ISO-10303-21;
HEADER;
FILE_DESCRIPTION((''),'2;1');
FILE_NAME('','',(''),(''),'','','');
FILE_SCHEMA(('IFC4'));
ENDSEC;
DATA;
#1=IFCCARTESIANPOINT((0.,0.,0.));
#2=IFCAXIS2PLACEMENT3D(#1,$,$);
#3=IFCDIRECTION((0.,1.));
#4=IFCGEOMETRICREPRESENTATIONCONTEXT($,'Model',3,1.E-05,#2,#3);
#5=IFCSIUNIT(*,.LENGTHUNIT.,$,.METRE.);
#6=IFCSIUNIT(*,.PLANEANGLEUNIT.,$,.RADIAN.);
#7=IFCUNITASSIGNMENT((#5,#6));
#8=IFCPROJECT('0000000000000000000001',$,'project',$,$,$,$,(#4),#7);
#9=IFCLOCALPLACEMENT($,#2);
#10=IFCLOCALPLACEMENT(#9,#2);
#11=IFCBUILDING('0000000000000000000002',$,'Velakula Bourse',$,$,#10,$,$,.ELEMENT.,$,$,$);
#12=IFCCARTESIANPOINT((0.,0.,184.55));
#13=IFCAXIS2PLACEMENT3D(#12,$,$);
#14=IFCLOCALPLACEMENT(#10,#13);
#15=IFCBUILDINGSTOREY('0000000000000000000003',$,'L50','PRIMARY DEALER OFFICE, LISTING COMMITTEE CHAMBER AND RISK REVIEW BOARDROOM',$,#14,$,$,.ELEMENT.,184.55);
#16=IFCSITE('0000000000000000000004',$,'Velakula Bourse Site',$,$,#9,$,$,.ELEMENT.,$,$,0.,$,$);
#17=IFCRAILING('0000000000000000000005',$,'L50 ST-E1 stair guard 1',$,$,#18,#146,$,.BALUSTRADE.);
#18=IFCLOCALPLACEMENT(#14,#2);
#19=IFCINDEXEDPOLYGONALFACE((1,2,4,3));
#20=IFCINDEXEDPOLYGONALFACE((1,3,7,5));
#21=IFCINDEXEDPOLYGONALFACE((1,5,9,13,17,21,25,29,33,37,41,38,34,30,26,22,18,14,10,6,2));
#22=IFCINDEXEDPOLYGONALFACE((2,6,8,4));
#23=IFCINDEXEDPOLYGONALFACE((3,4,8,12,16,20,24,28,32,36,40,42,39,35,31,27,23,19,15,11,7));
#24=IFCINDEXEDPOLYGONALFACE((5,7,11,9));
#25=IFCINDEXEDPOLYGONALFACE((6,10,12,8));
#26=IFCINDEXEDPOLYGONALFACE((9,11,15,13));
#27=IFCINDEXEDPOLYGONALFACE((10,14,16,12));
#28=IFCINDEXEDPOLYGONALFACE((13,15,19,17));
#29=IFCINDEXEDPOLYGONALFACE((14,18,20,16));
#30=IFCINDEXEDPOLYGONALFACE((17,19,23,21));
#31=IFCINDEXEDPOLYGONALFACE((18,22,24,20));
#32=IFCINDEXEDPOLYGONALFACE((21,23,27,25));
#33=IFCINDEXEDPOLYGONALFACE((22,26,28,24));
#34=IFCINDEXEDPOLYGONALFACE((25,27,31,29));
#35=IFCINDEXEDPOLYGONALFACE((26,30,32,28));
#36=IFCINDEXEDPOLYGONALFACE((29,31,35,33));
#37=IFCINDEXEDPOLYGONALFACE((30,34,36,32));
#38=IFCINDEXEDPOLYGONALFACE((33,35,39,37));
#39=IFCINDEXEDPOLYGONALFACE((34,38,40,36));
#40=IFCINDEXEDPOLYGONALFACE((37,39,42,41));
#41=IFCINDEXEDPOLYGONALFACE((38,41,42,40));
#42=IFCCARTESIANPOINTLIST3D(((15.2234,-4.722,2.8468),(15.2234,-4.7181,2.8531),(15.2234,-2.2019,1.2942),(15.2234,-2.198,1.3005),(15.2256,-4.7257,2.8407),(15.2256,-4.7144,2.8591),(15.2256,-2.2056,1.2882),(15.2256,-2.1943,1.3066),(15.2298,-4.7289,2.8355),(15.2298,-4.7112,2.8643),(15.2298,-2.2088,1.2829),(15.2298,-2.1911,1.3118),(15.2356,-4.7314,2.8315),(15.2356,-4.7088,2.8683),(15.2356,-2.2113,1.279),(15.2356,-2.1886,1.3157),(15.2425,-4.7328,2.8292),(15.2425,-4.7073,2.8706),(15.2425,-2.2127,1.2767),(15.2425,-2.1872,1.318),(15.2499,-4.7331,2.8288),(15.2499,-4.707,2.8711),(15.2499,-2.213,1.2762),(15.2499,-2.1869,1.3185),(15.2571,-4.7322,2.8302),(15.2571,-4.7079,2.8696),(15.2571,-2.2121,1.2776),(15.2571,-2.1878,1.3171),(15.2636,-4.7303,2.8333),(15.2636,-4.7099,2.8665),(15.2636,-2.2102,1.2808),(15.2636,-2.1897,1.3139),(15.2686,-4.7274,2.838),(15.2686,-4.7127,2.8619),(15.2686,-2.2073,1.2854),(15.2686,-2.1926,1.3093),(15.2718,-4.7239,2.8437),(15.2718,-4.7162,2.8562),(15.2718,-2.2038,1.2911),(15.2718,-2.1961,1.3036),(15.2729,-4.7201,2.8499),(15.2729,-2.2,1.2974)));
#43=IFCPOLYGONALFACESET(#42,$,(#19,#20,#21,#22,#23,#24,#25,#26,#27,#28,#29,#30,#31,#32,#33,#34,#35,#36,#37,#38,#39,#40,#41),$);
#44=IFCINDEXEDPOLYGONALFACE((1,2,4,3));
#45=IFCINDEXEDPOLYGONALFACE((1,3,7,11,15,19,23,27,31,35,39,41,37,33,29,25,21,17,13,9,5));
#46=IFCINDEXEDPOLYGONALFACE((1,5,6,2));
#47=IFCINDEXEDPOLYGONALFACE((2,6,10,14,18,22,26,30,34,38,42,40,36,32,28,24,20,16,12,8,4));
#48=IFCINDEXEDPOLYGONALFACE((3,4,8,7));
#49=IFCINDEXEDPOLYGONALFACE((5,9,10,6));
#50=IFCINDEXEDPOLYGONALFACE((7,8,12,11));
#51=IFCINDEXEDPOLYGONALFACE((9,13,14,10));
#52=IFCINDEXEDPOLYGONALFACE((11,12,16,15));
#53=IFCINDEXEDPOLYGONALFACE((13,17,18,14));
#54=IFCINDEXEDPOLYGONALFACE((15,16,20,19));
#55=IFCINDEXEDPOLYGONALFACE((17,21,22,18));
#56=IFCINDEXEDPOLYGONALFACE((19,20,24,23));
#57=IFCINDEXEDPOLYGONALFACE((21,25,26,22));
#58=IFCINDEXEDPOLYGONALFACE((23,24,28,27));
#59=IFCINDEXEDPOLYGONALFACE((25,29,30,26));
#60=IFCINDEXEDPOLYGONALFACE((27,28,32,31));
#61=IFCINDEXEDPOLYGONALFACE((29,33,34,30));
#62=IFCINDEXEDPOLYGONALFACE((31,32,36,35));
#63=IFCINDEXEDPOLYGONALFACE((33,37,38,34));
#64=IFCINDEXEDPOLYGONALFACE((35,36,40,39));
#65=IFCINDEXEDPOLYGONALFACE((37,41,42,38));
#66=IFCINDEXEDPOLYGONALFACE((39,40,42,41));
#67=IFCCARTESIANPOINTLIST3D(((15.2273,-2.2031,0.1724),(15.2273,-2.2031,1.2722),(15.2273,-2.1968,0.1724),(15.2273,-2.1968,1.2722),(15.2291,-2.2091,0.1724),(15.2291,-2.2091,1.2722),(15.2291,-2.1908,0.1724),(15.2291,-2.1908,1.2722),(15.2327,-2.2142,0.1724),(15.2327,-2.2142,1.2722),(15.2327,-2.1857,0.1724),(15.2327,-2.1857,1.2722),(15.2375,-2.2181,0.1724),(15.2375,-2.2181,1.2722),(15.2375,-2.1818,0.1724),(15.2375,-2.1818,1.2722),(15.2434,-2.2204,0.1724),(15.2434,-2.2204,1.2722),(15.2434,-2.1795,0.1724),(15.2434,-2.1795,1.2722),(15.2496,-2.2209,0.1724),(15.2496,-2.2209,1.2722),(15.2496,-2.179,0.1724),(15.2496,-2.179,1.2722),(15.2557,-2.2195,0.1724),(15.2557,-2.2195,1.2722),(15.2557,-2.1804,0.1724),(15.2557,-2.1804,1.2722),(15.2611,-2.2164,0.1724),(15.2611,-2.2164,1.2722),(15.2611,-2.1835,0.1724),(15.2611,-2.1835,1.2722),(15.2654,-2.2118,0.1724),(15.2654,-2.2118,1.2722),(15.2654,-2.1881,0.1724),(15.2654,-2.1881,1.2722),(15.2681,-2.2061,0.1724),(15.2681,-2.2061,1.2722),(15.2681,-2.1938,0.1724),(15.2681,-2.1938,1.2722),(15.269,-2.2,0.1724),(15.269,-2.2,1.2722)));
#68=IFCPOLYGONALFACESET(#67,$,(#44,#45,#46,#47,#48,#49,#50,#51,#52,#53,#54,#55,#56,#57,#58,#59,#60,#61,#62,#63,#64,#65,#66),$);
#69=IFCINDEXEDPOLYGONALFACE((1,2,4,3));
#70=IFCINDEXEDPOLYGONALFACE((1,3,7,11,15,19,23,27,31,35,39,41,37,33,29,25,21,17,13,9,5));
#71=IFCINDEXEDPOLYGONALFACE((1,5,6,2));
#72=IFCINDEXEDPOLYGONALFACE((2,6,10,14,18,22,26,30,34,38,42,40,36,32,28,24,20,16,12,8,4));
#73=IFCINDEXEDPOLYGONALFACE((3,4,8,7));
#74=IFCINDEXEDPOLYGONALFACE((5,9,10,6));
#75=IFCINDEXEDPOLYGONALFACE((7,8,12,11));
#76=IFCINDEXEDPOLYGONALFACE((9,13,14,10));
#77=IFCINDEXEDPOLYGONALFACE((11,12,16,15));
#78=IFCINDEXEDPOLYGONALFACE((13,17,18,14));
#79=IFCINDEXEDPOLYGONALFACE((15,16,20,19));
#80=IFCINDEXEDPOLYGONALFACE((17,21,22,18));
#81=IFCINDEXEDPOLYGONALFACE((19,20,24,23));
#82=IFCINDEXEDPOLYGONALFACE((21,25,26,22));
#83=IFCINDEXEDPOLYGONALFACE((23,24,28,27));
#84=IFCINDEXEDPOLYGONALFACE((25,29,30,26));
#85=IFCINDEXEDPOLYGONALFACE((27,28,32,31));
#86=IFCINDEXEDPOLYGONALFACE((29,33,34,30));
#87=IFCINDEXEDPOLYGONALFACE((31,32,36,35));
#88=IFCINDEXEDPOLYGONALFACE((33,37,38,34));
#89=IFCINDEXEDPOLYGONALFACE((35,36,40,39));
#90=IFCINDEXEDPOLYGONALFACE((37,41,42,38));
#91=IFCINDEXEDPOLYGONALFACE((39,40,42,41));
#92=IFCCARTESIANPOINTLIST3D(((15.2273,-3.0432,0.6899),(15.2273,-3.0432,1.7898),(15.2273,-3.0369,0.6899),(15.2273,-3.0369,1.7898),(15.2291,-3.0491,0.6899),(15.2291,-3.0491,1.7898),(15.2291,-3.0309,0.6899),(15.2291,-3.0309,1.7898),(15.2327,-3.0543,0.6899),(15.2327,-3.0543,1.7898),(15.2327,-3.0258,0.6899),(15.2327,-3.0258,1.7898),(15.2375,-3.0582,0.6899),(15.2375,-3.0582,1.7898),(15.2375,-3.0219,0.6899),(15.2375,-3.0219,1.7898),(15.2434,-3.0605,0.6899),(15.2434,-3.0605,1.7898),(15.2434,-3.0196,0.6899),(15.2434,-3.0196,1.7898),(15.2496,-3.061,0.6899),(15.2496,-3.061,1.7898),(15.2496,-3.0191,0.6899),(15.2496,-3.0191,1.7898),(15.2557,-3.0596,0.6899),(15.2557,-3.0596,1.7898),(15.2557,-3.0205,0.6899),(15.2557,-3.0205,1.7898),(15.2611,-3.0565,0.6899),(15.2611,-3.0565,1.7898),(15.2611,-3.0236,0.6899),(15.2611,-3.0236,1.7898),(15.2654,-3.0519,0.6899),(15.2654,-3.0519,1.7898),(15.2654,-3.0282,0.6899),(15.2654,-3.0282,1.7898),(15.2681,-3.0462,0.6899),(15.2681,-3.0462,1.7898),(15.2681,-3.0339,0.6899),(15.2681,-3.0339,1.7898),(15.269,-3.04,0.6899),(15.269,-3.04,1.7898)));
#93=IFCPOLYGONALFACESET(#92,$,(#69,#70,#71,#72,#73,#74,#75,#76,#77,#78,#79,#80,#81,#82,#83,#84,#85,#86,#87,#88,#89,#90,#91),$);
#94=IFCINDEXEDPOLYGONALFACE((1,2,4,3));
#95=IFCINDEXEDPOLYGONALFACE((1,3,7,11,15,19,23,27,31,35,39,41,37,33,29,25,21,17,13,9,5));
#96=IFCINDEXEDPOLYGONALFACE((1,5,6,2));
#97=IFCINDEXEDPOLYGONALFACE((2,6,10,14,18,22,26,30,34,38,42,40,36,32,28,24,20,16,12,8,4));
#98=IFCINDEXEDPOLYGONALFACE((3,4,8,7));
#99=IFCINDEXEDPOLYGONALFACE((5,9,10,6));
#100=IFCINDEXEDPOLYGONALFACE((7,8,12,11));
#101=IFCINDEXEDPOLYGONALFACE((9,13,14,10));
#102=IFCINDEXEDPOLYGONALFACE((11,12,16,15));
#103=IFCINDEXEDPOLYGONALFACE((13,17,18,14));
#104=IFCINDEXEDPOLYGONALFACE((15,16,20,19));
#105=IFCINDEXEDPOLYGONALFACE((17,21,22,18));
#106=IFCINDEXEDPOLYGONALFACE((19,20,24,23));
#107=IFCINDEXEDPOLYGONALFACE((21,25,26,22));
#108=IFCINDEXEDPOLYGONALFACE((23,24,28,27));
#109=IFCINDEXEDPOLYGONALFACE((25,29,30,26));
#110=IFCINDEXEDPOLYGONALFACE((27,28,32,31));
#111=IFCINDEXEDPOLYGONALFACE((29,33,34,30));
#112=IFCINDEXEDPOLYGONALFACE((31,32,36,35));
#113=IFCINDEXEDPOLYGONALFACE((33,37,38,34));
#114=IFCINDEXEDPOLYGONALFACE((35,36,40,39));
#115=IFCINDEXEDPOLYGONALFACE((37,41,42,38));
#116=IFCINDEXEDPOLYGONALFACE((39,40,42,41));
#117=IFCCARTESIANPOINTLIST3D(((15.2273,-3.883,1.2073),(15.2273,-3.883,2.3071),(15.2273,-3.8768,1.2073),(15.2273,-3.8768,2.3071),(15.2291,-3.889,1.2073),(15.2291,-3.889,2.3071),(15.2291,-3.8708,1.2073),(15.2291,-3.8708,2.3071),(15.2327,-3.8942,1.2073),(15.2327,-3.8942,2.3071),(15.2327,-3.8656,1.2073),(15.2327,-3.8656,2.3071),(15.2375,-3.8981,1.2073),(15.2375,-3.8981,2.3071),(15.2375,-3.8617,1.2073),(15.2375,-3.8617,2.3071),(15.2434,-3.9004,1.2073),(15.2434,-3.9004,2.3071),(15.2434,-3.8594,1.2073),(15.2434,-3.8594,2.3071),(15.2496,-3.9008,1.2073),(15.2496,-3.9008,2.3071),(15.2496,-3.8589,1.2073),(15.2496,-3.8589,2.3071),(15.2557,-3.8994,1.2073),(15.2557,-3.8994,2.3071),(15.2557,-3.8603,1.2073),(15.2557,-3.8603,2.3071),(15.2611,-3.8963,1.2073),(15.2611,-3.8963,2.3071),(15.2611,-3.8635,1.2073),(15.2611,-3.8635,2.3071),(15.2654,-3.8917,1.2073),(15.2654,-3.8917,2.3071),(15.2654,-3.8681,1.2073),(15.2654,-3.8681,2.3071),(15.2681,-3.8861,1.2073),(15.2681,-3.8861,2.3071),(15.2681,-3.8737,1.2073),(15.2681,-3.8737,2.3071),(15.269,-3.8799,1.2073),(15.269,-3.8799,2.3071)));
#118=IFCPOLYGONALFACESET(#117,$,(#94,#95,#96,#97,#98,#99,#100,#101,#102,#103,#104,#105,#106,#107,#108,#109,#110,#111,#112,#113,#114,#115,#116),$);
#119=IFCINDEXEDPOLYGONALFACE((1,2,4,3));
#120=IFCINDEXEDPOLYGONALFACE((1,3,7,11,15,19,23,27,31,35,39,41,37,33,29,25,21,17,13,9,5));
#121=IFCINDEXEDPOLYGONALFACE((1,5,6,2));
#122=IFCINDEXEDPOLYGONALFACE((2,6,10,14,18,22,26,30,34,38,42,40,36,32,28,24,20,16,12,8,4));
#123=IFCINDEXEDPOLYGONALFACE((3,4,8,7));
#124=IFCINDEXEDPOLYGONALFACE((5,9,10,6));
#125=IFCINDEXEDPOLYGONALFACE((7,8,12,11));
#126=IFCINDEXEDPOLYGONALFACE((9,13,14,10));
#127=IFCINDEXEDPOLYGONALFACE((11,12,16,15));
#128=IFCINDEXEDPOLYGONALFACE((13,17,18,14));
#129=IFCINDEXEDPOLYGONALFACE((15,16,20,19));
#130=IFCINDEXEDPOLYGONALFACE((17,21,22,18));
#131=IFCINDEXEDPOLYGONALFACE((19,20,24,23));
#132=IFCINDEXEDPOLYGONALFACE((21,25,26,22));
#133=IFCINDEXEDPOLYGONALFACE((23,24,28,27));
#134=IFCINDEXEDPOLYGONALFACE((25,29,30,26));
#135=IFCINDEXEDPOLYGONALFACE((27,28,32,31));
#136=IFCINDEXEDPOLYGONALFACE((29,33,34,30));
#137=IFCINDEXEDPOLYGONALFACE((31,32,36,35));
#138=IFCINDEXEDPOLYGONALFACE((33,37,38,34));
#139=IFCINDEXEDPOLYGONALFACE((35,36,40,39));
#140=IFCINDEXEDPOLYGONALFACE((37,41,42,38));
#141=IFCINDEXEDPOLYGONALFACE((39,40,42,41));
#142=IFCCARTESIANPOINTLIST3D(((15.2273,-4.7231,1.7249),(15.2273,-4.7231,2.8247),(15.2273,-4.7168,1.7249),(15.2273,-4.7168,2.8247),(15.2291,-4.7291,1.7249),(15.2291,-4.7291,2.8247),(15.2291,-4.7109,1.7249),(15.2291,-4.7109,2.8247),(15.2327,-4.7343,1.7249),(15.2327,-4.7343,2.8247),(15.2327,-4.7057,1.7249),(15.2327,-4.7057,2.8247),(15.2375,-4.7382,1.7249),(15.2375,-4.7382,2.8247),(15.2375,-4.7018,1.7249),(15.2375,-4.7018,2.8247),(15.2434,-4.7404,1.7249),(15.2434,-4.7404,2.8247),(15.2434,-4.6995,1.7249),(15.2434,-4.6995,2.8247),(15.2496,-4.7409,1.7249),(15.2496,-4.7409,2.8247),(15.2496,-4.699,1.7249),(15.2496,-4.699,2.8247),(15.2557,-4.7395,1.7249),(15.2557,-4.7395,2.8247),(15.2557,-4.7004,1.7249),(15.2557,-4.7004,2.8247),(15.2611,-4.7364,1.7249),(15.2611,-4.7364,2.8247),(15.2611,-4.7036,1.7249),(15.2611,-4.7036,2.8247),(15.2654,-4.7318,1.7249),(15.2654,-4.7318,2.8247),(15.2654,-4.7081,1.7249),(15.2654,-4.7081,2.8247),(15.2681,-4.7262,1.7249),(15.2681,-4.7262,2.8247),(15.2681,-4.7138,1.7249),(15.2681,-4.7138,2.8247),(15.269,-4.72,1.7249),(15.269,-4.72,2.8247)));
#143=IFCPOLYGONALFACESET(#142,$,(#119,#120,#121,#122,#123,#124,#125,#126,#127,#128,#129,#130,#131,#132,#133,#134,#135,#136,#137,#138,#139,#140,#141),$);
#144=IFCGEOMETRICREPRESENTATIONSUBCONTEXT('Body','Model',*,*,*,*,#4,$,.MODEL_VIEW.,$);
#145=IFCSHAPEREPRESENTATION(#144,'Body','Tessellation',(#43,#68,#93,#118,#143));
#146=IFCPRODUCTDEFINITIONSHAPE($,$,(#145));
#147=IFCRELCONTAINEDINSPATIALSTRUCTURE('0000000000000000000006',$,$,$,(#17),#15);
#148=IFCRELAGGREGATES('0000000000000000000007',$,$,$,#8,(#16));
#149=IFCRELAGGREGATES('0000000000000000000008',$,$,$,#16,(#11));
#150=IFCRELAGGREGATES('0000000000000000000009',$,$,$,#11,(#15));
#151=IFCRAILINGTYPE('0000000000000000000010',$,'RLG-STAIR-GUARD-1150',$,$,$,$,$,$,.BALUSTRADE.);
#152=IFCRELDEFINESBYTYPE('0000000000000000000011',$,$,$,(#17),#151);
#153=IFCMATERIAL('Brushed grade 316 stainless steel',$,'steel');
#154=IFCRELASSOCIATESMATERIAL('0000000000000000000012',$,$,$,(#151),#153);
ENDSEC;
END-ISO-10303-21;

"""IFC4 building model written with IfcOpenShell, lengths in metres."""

from ifc_helpers import new_model, si_unit, direction, frame, origin, origin_2d, place, context, subcontext, project, spatial, circle, extrude, material, type_object, element, save


model = new_model("IFC4")

# Units and contexts
model_context = context("Model", 3, precision=1e-05, world=origin(), true_north=direction((0.0, 1.0)))
body_context = subcontext(model_context, "Body", "Model", "MODEL_VIEW")
ifc_project = project(units=[si_unit("LENGTHUNIT", "METRE"), si_unit("PLANEANGLEUNIT", "RADIAN")], contexts=[model_context])

# Site, building, storey
site_placement = place(None, origin())
site = spatial("IfcSite", under=ifc_project, at=site_placement, Name="Velakula Bourse Site", CompositionType="ELEMENT", RefElevation=0.0)
building_placement = place(site_placement, origin())
building = spatial("IfcBuilding", under=site, at=building_placement, Name="Velakula Bourse", CompositionType="ELEMENT")
storey_placement = place(building_placement, frame((0.0, 0.0, 184.55)))
storey = spatial("IfcBuildingStorey", under=building, at=storey_placement, Name="L50", Description="PRIMARY DEALER OFFICE, LISTING COMMITTEE CHAMBER AND RISK REVIEW BOARDROOM", CompositionType="ELEMENT", Elevation=184.55)

# Shared definitions
ifc_material_1 = material(Name="Brushed grade 316 stainless steel", Category="steel")

# Railing
railing_type_1 = type_object("IfcRailingType", Name="RLG-STAIR-GUARD-1150", PredefinedType="BALUSTRADE", material=ifc_material_1)
railing_1_placement = place(storey_placement, frame((15.248, -2.2, 0.1724)))
element("IfcRailing", 1, at=railing_1_placement, inside=storey, type_object=railing_type_1, Name="L50 ST-E1 stair guard 1", PredefinedType="BALUSTRADE", context=body_context, shape_type="SweptSolid", body=[
    extrude(circle(Radius=0.0249, at=origin_2d()), frame((0.0, 0.0, 1.125), z_axis=(0.0, -0.8514, 0.524516), x_axis=(1.0, 0.0, 0.0)), (0.0, 0.0, 1.0), 2.96),
    extrude(circle(Radius=0.021, at=origin_2d()), origin(), (0.0, 0.0, 1.0), 1.0999),
    extrude(circle(Radius=0.021, at=origin_2d()), frame((0.0, -0.8401, 0.5176)), (0.0, 0.0, 1.0), 1.0999),
    extrude(circle(Radius=0.021, at=origin_2d()), frame((0.0, -1.6799, 1.0349)), (0.0, 0.0, 1.0), 1.0999),
    extrude(circle(Radius=0.021, at=origin_2d()), frame((0.0, -2.52, 1.5525)), (0.0, 0.0, 1.0), 1.0999),
])

save(model, "model.ifc")
